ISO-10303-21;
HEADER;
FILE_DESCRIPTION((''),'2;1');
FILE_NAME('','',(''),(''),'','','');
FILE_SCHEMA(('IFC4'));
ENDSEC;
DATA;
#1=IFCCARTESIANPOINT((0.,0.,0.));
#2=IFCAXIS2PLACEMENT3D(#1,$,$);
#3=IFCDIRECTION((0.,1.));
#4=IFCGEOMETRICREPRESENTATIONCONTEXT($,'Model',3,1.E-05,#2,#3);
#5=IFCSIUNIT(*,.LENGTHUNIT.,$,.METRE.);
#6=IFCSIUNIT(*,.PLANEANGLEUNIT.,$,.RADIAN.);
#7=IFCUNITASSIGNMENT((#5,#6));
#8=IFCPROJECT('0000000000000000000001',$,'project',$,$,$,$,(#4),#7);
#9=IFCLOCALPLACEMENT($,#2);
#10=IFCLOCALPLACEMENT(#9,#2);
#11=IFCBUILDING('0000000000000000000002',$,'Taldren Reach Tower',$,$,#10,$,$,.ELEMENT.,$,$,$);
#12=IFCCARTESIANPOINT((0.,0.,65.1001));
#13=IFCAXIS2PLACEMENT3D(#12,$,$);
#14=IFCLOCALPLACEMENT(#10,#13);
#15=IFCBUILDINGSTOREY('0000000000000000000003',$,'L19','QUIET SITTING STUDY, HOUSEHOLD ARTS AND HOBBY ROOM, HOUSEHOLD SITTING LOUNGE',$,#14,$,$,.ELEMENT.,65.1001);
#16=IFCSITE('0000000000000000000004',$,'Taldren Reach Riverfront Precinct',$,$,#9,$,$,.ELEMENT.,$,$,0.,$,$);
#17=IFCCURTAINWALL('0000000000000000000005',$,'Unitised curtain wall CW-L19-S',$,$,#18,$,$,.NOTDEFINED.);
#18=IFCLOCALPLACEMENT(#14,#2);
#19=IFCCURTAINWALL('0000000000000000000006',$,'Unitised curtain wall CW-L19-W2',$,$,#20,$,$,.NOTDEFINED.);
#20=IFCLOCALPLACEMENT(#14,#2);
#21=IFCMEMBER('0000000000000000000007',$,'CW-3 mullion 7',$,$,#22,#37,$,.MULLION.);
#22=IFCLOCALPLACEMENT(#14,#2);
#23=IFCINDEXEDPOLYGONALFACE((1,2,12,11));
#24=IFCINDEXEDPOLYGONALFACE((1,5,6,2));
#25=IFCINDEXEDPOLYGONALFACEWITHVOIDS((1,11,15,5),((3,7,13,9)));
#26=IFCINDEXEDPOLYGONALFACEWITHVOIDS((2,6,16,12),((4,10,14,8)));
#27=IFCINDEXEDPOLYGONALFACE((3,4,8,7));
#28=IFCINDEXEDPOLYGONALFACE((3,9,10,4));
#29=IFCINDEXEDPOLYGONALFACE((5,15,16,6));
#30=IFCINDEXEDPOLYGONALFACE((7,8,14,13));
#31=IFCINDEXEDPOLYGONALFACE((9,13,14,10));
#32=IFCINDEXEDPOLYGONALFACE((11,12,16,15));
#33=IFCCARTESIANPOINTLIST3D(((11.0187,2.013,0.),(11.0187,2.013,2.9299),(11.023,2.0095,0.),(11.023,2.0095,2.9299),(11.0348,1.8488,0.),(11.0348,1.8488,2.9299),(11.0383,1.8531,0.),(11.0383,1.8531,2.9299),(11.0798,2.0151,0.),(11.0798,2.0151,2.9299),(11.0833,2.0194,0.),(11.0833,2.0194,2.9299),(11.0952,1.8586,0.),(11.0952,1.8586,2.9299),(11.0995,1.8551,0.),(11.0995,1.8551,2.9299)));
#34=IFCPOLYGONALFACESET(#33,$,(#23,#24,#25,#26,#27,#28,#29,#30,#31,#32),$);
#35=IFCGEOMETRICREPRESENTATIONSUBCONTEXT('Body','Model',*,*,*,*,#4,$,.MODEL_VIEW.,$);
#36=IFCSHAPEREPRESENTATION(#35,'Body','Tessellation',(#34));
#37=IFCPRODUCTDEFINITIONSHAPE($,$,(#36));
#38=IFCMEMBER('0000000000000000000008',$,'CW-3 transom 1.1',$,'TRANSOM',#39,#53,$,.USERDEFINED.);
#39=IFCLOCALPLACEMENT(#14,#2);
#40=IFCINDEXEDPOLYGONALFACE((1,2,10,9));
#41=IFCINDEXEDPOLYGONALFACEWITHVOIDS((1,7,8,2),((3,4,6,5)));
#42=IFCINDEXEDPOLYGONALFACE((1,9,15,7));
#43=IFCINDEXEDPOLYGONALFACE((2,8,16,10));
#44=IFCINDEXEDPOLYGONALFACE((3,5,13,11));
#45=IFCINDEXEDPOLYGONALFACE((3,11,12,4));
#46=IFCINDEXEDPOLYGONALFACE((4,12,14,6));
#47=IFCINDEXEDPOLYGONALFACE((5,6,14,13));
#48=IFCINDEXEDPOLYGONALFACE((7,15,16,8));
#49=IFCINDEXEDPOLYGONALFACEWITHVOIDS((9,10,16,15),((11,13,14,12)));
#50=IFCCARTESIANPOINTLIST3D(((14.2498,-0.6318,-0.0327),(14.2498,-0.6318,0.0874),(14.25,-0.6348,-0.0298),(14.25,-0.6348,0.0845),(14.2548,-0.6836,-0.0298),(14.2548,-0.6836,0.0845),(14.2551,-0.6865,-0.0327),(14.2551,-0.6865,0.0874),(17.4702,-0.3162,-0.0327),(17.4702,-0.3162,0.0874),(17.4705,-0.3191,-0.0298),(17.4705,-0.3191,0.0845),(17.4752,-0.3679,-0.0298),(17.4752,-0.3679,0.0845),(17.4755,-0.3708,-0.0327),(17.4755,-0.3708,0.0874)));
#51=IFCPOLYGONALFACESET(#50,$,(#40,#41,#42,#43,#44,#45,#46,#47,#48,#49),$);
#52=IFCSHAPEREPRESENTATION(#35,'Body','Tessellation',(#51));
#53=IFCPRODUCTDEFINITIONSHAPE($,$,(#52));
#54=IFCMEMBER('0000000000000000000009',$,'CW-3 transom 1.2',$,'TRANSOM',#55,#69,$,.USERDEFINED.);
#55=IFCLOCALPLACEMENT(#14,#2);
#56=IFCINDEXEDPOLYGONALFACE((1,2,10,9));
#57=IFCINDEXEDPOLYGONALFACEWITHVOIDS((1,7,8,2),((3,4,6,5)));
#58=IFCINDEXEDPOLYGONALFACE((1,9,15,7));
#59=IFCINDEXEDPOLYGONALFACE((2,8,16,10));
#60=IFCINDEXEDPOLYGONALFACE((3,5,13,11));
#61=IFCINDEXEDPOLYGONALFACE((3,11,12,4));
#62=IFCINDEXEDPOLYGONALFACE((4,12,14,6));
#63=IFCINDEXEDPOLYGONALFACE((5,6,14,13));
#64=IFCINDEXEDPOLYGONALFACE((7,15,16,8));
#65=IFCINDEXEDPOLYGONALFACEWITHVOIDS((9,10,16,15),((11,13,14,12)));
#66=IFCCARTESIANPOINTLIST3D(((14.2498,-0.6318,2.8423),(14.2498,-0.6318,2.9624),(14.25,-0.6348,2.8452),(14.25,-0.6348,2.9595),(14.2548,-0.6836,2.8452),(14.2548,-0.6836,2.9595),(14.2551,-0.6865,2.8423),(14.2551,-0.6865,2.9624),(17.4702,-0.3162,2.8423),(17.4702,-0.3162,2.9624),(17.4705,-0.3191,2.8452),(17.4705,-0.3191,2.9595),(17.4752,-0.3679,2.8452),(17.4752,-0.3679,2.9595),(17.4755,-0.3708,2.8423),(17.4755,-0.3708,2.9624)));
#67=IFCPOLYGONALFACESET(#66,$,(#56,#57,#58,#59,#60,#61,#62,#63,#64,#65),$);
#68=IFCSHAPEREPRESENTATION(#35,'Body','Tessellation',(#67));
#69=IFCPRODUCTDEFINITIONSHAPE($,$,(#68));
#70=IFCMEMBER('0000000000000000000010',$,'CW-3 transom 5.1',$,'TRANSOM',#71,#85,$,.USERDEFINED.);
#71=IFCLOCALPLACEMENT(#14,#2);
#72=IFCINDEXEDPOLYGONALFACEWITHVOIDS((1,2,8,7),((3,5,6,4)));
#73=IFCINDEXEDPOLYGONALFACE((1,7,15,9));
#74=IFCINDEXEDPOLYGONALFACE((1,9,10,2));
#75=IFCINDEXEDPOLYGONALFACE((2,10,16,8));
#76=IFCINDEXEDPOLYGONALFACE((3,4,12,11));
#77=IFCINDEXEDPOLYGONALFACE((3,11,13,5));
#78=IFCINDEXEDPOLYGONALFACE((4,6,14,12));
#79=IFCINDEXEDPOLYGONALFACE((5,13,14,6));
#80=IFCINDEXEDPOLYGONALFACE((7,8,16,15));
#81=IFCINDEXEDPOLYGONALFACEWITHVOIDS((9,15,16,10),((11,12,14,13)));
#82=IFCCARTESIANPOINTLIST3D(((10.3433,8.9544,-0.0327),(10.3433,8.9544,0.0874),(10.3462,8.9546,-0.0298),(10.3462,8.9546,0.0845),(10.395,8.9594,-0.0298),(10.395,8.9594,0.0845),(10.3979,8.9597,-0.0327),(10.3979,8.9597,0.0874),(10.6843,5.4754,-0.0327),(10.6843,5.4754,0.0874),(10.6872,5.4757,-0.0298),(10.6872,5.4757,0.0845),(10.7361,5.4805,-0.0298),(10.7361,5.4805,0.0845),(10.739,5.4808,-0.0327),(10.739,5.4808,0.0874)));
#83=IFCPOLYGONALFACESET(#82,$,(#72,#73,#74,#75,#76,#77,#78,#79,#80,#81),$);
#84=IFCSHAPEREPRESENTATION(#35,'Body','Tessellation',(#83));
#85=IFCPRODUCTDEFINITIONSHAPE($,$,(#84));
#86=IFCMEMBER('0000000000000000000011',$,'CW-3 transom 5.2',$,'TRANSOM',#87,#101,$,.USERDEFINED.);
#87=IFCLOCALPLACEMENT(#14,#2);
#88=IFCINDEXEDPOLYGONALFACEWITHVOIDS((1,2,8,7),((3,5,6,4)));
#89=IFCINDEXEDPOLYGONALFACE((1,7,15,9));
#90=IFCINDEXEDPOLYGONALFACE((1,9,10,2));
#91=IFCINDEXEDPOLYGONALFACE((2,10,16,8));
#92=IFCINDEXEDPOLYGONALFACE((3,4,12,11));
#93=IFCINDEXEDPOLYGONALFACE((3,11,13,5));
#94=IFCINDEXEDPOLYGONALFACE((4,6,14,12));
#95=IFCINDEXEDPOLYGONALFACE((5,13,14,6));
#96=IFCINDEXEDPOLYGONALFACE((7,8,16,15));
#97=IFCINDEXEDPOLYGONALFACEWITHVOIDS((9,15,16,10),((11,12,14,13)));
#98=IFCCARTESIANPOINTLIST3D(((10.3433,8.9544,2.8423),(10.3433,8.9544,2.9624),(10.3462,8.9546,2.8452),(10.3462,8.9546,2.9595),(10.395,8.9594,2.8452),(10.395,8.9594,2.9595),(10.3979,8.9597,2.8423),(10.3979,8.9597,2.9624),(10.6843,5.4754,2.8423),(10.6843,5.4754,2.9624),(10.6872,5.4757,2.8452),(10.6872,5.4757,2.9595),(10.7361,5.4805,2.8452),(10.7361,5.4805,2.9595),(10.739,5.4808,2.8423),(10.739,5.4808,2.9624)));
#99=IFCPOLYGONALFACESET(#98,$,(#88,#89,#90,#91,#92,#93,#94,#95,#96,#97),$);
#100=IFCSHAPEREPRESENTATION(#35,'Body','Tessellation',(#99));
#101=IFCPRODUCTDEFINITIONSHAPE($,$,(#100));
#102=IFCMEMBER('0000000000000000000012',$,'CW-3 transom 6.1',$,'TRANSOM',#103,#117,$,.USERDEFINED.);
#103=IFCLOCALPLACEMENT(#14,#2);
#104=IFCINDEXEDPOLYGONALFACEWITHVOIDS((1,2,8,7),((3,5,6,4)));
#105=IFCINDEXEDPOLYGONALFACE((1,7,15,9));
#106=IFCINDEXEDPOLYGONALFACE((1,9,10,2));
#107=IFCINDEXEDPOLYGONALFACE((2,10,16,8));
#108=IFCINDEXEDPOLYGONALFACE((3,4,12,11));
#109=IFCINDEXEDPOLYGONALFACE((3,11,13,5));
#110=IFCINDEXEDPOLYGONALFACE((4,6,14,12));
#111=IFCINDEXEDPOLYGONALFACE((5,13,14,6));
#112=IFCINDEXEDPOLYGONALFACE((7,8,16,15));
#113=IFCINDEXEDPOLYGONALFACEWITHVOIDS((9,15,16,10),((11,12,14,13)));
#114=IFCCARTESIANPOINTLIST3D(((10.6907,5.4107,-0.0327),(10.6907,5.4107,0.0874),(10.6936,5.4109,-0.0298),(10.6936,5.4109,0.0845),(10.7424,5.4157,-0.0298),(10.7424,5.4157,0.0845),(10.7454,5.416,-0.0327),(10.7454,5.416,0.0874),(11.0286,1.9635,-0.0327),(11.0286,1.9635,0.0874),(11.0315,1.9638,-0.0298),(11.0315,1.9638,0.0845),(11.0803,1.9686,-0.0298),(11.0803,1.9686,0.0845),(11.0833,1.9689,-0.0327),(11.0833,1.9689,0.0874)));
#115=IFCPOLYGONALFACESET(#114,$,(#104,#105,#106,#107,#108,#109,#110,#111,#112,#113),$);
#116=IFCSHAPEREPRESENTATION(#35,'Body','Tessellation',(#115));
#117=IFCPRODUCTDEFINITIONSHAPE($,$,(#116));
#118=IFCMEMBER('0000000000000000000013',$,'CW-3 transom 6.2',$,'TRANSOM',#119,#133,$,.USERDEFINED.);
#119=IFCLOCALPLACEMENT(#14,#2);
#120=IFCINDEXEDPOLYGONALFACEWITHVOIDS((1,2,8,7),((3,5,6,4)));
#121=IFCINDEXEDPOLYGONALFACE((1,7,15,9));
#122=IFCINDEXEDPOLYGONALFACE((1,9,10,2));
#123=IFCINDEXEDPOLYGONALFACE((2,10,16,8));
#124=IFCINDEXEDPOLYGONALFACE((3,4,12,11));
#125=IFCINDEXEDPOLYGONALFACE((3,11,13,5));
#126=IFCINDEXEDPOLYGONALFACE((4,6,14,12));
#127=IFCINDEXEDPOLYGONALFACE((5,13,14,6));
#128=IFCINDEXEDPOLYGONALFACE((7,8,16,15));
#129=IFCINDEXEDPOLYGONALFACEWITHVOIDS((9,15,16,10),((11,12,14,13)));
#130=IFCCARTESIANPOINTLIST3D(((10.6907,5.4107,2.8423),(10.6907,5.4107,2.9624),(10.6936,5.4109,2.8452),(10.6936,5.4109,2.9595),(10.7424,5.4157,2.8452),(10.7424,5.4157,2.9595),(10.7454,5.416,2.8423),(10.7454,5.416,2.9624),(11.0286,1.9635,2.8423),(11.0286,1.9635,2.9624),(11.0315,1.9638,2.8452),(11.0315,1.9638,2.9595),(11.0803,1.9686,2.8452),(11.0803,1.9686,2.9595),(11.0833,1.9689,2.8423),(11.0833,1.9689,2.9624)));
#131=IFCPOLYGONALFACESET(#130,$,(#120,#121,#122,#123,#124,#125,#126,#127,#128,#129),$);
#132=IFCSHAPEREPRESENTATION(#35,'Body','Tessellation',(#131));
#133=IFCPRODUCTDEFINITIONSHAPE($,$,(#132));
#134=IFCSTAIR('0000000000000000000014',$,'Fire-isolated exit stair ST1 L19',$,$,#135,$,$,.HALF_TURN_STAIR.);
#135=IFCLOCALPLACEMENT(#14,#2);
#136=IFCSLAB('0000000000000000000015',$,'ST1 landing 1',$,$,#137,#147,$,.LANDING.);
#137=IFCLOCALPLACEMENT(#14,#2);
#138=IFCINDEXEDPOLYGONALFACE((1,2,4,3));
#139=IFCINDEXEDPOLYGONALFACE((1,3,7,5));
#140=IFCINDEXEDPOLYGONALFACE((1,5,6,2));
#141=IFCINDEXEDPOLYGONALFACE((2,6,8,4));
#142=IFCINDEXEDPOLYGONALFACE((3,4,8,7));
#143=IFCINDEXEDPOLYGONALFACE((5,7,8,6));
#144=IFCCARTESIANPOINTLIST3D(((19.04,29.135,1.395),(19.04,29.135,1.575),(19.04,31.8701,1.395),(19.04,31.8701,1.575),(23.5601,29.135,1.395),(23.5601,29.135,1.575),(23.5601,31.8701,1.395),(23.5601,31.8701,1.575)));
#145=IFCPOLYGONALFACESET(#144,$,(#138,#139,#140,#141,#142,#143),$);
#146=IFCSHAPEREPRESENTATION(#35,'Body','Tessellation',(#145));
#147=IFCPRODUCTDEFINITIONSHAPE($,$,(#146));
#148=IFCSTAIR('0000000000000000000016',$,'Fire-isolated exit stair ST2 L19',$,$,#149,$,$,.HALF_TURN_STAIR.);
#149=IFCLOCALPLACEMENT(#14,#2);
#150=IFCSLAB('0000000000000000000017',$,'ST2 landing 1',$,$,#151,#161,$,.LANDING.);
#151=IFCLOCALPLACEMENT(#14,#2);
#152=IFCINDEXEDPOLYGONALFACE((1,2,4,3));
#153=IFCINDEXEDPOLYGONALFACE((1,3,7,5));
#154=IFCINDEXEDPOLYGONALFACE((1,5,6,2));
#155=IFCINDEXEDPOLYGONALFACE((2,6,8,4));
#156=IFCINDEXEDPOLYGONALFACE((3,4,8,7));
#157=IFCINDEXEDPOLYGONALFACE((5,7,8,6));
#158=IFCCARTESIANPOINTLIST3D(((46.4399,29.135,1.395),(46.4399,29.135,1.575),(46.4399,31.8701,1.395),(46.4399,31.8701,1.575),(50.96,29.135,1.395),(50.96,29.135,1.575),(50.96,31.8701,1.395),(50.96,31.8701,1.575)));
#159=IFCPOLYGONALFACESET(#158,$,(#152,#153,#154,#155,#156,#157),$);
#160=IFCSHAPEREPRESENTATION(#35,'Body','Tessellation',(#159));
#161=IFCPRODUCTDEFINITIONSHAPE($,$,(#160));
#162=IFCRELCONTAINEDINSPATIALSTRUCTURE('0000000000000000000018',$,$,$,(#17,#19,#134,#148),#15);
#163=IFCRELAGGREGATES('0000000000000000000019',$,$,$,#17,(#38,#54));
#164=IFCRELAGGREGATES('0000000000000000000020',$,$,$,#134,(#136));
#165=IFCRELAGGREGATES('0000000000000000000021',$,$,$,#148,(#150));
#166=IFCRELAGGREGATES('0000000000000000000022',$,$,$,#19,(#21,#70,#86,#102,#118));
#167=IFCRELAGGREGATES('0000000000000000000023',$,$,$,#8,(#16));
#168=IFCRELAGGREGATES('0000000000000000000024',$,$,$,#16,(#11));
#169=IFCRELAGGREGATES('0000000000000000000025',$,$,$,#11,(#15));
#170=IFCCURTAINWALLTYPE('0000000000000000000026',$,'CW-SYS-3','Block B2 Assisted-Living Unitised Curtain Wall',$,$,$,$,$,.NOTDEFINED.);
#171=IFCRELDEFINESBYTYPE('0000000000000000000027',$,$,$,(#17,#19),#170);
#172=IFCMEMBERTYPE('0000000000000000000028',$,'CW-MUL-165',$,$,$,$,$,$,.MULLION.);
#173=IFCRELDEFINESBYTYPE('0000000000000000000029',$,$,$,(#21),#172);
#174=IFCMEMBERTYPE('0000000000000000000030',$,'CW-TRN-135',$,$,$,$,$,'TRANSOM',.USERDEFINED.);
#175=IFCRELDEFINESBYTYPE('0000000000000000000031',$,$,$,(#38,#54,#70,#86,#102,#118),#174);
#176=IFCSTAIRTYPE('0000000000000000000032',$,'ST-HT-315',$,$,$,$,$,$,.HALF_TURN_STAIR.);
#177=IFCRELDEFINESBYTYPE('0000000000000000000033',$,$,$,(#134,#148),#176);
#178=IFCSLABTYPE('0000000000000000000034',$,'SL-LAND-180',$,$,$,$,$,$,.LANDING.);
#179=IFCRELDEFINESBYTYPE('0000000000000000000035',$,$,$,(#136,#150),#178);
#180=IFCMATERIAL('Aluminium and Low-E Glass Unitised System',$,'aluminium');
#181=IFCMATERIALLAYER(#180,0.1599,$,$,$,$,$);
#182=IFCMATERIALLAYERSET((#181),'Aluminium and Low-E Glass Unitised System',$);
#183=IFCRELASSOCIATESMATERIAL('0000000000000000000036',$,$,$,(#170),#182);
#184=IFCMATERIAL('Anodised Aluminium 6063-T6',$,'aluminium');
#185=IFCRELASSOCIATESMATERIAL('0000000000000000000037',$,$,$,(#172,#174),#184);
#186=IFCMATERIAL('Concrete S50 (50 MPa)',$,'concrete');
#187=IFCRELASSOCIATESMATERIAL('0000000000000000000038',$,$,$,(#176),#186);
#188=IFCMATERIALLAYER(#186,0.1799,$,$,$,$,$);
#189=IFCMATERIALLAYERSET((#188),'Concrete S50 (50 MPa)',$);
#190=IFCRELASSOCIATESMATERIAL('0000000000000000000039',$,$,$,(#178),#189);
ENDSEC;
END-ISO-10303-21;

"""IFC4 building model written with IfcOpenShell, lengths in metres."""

from ifc_helpers import new_model, si_unit, direction, frame, origin, origin_2d, place, context, subcontext, project, spatial, polyline, hollow_rectangle, outline, extrude, source, transform, mapped, material, layer, layer_set, material_profile, profile_set, type_object, element, aggregate, save


model = new_model("IFC4")

# Units and contexts
model_context = context("Model", 3, precision=1e-05, world=origin(), true_north=direction((0.0, 1.0)))
body_context = subcontext(model_context, "Body", "Model", "MODEL_VIEW")
ifc_project = project(units=[si_unit("LENGTHUNIT", "METRE"), si_unit("PLANEANGLEUNIT", "RADIAN")], contexts=[model_context])

# Site, building, storey
site_placement = place(None, origin())
site = spatial("IfcSite", under=ifc_project, at=site_placement, Name="Taldren Reach Riverfront Precinct", CompositionType="ELEMENT", RefElevation=0.0)
building_placement = place(site_placement, origin())
building = spatial("IfcBuilding", under=site, at=building_placement, Name="Taldren Reach Tower", CompositionType="ELEMENT")
storey_placement = place(building_placement, frame((0.0, 0.0, 65.1001)))
storey = spatial("IfcBuildingStorey", under=building, at=storey_placement, Name="L19", Description="QUIET SITTING STUDY, HOUSEHOLD ARTS AND HOBBY ROOM, HOUSEHOLD SITTING LOUNGE", CompositionType="ELEMENT", Elevation=65.1001)

# Curtain wall
ifc_material_1 = material(Name="Aluminium and Low-E Glass Unitised System", Category="aluminium")
ifc_layer_1 = layer(ifc_material_1, 0.1599)
ifc_layer_set_1 = layer_set([ifc_layer_1], Name="Aluminium and Low-E Glass Unitised System")
curtain_wall_type = type_object("IfcCurtainWallType", Name="CW-SYS-3", Description="Block B2 Assisted-Living Unitised Curtain Wall", PredefinedType="NOTDEFINED", material=ifc_layer_set_1)
curtain_wall_1_placement = place(storey_placement, origin())
curtain_wall_1 = element("IfcCurtainWall", 1, at=curtain_wall_1_placement, inside=storey, type_object=curtain_wall_type, Name="Unitised curtain wall CW-L19-S", PredefinedType="NOTDEFINED")
ifc_material_2 = material(Name="Anodised Aluminium 6063-T6", Category="aluminium")
ifc_material_profile_1 = material_profile(ifc_material_2, hollow_rectangle(XDim=0.0649, YDim=0.165, WallThickness=0.0039, at=origin_2d()), Name="ALU-165x65x4RHS")
ifc_profile_set_1 = profile_set([ifc_material_profile_1], Name="Anodised Aluminium 6063-T6")
member_type_1 = type_object("IfcMemberType", Name="CW-MUL-165", PredefinedType="MULLION", material=ifc_profile_set_1)
shared_shape_1 = source(origin(), body_context, "Body", "SweptSolid", [
    extrude(hollow_rectangle(XDim=0.0649, YDim=0.165, WallThickness=0.0039, at=origin_2d()), origin(), (0.0, 0.0, 1.0), 2.9299),
])

# Curtain wall, member
curtain_wall_2_placement = place(storey_placement, origin())
curtain_wall_2 = element("IfcCurtainWall", 2, at=curtain_wall_2_placement, inside=storey, type_object=curtain_wall_type, Name="Unitised curtain wall CW-L19-W2", PredefinedType="NOTDEFINED")
member_1_placement = place(storey_placement, frame((11.0591, 1.9341, 0.0), z_axis=(0.0, 0.0, 1.0), x_axis=(0.995227, 0.097583, 0.0)))
member_1 = element("IfcMember", 3, at=member_1_placement, type_object=member_type_1, Name="CW-3 mullion 7", PredefinedType="MULLION", context=body_context, shape_type="MappedRepresentation", body=[
    mapped(shared_shape_1, transform((0.0, 0.0, 0.0), scale=1.0)),
])

# Members
ifc_material_profile_2 = material_profile(ifc_material_2, hollow_rectangle(XDim=0.0549, YDim=0.1201, WallThickness=0.0029, at=origin_2d()), Name="ALU-120x55x3RHS")
ifc_profile_set_2 = profile_set([ifc_material_profile_2], Name="Anodised Aluminium 6063-T6")
member_type_2 = type_object("IfcMemberType", Name="CW-TRN-135", ElementType="TRANSOM", PredefinedType="USERDEFINED", material=ifc_profile_set_2)
shared_shape_2 = source(origin(), body_context, "Body", "SweptSolid", [
    extrude(hollow_rectangle(XDim=0.0549, YDim=0.1201, WallThickness=0.0029, at=origin_2d()), origin(), (0.0, 0.0, 1.0), 3.2358),
])
member_2_placement = place(storey_placement, frame((14.2524, -0.6592, 0.0273), z_axis=(0.99523, 0.097554, 0.0), x_axis=(-0.097554, 0.99523, 0.0)))
member_2 = element("IfcMember", 4, at=member_2_placement, type_object=member_type_2, Name="CW-3 transom 1.1", ObjectType="TRANSOM", PredefinedType="USERDEFINED", context=body_context, shape_type="MappedRepresentation", body=[
    mapped(shared_shape_2, transform((0.0, 0.0, 0.0), scale=1.0)),
])
member_3_placement = place(storey_placement, frame((14.2524, -0.6592, 2.9023), z_axis=(0.99523, 0.097554, 0.0), x_axis=(-0.097554, 0.99523, 0.0)))
member_3 = element("IfcMember", 5, at=member_3_placement, type_object=member_type_2, Name="CW-3 transom 1.2", ObjectType="TRANSOM", PredefinedType="USERDEFINED", context=body_context, shape_type="MappedRepresentation", body=[
    mapped(shared_shape_2, transform((0.0, 0.0, 0.0), scale=1.0)),
])
aggregate(curtain_wall_1, [member_2, member_3])
shared_shape_3 = source(origin(), body_context, "Body", "SweptSolid", [
    extrude(hollow_rectangle(XDim=0.0549, YDim=0.1201, WallThickness=0.0029, at=origin_2d()), origin(), (0.0, 0.0, 1.0), 3.4956),
])
member_4_placement = place(storey_placement, frame((10.3706, 8.957, 0.0273), z_axis=(0.097567, -0.995229, 0.0), x_axis=(0.995229, 0.097567, 0.0)))
member_4 = element("IfcMember", 6, at=member_4_placement, type_object=member_type_2, Name="CW-3 transom 5.1", ObjectType="TRANSOM", PredefinedType="USERDEFINED", context=body_context, shape_type="MappedRepresentation", body=[
    mapped(shared_shape_3, transform((0.0, 0.0, 0.0), scale=1.0)),
])
member_5_placement = place(storey_placement, frame((10.3706, 8.957, 2.9023), z_axis=(0.097567, -0.995229, 0.0), x_axis=(0.995229, 0.097567, 0.0)))
member_5 = element("IfcMember", 7, at=member_5_placement, type_object=member_type_2, Name="CW-3 transom 5.2", ObjectType="TRANSOM", PredefinedType="USERDEFINED", context=body_context, shape_type="MappedRepresentation", body=[
    mapped(shared_shape_3, transform((0.0, 0.0, 0.0), scale=1.0)),
])
shared_shape_4 = source(origin(), body_context, "Body", "SweptSolid", [
    extrude(hollow_rectangle(XDim=0.0549, YDim=0.1201, WallThickness=0.0029, at=origin_2d()), origin(), (0.0, 0.0, 1.0), 3.4636),
])
member_6_placement = place(storey_placement, frame((10.718, 5.4133, 0.0273), z_axis=(0.097556, -0.99523, 0.0), x_axis=(0.99523, 0.097556, 0.0)))
member_6 = element("IfcMember", 8, at=member_6_placement, type_object=member_type_2, Name="CW-3 transom 6.1", ObjectType="TRANSOM", PredefinedType="USERDEFINED", context=body_context, shape_type="MappedRepresentation", body=[
    mapped(shared_shape_4, transform((0.0, 0.0, 0.0), scale=1.0)),
])
member_7_placement = place(storey_placement, frame((10.718, 5.4133, 2.9023), z_axis=(0.097556, -0.99523, 0.0), x_axis=(0.99523, 0.097556, 0.0)))
member_7 = element("IfcMember", 9, at=member_7_placement, type_object=member_type_2, Name="CW-3 transom 6.2", ObjectType="TRANSOM", PredefinedType="USERDEFINED", context=body_context, shape_type="MappedRepresentation", body=[
    mapped(shared_shape_4, transform((0.0, 0.0, 0.0), scale=1.0)),
])

# Stairs, slabs
ifc_material_3 = material(Name="Concrete S50 (50 MPa)", Category="concrete")
stair_type = type_object("IfcStairType", Name="ST-HT-315", PredefinedType="HALF_TURN_STAIR", material=ifc_material_3)
stair_1_placement = place(storey_placement, origin())
stair_1 = element("IfcStair", 10, at=stair_1_placement, inside=storey, type_object=stair_type, Name="Fire-isolated exit stair ST1 L19", PredefinedType="HALF_TURN_STAIR")
ifc_layer_2 = layer(ifc_material_3, 0.1799)
ifc_layer_set_2 = layer_set([ifc_layer_2], Name="Concrete S50 (50 MPa)")
slab_type_1 = type_object("IfcSlabType", Name="SL-LAND-180", PredefinedType="LANDING", material=ifc_layer_set_2)
slab_1_placement = place(storey_placement, frame((0.0, 0.0, 1.395)))
slab_1 = element("IfcSlab", 11, at=slab_1_placement, type_object=slab_type_1, Name="ST1 landing 1", PredefinedType="LANDING", context=body_context, shape_type="SweptSolid", body=[
    extrude(outline(polyline([(19.04, 29.135), (23.5601, 29.135), (23.5601, 31.8701), (19.04, 31.8701), (19.04, 29.135)])), origin(), (0.0, 0.0, 1.0), 0.1799),
])
aggregate(stair_1, [slab_1])
stair_2_placement = place(storey_placement, origin())
stair_2 = element("IfcStair", 12, at=stair_2_placement, inside=storey, type_object=stair_type, Name="Fire-isolated exit stair ST2 L19", PredefinedType="HALF_TURN_STAIR")
slab_2_placement = place(storey_placement, frame((0.0, 0.0, 1.395)))
slab_2 = element("IfcSlab", 13, at=slab_2_placement, type_object=slab_type_1, Name="ST2 landing 1", PredefinedType="LANDING", context=body_context, shape_type="SweptSolid", body=[
    extrude(outline(polyline([(46.4399, 29.135), (50.96, 29.135), (50.96, 31.8701), (46.4399, 31.8701), (46.4399, 29.135)])), origin(), (0.0, 0.0, 1.0), 0.1799),
])
aggregate(stair_2, [slab_2])

aggregate(curtain_wall_2, [member_1, member_4, member_5, member_6, member_7])

save(model, "model.ifc")
